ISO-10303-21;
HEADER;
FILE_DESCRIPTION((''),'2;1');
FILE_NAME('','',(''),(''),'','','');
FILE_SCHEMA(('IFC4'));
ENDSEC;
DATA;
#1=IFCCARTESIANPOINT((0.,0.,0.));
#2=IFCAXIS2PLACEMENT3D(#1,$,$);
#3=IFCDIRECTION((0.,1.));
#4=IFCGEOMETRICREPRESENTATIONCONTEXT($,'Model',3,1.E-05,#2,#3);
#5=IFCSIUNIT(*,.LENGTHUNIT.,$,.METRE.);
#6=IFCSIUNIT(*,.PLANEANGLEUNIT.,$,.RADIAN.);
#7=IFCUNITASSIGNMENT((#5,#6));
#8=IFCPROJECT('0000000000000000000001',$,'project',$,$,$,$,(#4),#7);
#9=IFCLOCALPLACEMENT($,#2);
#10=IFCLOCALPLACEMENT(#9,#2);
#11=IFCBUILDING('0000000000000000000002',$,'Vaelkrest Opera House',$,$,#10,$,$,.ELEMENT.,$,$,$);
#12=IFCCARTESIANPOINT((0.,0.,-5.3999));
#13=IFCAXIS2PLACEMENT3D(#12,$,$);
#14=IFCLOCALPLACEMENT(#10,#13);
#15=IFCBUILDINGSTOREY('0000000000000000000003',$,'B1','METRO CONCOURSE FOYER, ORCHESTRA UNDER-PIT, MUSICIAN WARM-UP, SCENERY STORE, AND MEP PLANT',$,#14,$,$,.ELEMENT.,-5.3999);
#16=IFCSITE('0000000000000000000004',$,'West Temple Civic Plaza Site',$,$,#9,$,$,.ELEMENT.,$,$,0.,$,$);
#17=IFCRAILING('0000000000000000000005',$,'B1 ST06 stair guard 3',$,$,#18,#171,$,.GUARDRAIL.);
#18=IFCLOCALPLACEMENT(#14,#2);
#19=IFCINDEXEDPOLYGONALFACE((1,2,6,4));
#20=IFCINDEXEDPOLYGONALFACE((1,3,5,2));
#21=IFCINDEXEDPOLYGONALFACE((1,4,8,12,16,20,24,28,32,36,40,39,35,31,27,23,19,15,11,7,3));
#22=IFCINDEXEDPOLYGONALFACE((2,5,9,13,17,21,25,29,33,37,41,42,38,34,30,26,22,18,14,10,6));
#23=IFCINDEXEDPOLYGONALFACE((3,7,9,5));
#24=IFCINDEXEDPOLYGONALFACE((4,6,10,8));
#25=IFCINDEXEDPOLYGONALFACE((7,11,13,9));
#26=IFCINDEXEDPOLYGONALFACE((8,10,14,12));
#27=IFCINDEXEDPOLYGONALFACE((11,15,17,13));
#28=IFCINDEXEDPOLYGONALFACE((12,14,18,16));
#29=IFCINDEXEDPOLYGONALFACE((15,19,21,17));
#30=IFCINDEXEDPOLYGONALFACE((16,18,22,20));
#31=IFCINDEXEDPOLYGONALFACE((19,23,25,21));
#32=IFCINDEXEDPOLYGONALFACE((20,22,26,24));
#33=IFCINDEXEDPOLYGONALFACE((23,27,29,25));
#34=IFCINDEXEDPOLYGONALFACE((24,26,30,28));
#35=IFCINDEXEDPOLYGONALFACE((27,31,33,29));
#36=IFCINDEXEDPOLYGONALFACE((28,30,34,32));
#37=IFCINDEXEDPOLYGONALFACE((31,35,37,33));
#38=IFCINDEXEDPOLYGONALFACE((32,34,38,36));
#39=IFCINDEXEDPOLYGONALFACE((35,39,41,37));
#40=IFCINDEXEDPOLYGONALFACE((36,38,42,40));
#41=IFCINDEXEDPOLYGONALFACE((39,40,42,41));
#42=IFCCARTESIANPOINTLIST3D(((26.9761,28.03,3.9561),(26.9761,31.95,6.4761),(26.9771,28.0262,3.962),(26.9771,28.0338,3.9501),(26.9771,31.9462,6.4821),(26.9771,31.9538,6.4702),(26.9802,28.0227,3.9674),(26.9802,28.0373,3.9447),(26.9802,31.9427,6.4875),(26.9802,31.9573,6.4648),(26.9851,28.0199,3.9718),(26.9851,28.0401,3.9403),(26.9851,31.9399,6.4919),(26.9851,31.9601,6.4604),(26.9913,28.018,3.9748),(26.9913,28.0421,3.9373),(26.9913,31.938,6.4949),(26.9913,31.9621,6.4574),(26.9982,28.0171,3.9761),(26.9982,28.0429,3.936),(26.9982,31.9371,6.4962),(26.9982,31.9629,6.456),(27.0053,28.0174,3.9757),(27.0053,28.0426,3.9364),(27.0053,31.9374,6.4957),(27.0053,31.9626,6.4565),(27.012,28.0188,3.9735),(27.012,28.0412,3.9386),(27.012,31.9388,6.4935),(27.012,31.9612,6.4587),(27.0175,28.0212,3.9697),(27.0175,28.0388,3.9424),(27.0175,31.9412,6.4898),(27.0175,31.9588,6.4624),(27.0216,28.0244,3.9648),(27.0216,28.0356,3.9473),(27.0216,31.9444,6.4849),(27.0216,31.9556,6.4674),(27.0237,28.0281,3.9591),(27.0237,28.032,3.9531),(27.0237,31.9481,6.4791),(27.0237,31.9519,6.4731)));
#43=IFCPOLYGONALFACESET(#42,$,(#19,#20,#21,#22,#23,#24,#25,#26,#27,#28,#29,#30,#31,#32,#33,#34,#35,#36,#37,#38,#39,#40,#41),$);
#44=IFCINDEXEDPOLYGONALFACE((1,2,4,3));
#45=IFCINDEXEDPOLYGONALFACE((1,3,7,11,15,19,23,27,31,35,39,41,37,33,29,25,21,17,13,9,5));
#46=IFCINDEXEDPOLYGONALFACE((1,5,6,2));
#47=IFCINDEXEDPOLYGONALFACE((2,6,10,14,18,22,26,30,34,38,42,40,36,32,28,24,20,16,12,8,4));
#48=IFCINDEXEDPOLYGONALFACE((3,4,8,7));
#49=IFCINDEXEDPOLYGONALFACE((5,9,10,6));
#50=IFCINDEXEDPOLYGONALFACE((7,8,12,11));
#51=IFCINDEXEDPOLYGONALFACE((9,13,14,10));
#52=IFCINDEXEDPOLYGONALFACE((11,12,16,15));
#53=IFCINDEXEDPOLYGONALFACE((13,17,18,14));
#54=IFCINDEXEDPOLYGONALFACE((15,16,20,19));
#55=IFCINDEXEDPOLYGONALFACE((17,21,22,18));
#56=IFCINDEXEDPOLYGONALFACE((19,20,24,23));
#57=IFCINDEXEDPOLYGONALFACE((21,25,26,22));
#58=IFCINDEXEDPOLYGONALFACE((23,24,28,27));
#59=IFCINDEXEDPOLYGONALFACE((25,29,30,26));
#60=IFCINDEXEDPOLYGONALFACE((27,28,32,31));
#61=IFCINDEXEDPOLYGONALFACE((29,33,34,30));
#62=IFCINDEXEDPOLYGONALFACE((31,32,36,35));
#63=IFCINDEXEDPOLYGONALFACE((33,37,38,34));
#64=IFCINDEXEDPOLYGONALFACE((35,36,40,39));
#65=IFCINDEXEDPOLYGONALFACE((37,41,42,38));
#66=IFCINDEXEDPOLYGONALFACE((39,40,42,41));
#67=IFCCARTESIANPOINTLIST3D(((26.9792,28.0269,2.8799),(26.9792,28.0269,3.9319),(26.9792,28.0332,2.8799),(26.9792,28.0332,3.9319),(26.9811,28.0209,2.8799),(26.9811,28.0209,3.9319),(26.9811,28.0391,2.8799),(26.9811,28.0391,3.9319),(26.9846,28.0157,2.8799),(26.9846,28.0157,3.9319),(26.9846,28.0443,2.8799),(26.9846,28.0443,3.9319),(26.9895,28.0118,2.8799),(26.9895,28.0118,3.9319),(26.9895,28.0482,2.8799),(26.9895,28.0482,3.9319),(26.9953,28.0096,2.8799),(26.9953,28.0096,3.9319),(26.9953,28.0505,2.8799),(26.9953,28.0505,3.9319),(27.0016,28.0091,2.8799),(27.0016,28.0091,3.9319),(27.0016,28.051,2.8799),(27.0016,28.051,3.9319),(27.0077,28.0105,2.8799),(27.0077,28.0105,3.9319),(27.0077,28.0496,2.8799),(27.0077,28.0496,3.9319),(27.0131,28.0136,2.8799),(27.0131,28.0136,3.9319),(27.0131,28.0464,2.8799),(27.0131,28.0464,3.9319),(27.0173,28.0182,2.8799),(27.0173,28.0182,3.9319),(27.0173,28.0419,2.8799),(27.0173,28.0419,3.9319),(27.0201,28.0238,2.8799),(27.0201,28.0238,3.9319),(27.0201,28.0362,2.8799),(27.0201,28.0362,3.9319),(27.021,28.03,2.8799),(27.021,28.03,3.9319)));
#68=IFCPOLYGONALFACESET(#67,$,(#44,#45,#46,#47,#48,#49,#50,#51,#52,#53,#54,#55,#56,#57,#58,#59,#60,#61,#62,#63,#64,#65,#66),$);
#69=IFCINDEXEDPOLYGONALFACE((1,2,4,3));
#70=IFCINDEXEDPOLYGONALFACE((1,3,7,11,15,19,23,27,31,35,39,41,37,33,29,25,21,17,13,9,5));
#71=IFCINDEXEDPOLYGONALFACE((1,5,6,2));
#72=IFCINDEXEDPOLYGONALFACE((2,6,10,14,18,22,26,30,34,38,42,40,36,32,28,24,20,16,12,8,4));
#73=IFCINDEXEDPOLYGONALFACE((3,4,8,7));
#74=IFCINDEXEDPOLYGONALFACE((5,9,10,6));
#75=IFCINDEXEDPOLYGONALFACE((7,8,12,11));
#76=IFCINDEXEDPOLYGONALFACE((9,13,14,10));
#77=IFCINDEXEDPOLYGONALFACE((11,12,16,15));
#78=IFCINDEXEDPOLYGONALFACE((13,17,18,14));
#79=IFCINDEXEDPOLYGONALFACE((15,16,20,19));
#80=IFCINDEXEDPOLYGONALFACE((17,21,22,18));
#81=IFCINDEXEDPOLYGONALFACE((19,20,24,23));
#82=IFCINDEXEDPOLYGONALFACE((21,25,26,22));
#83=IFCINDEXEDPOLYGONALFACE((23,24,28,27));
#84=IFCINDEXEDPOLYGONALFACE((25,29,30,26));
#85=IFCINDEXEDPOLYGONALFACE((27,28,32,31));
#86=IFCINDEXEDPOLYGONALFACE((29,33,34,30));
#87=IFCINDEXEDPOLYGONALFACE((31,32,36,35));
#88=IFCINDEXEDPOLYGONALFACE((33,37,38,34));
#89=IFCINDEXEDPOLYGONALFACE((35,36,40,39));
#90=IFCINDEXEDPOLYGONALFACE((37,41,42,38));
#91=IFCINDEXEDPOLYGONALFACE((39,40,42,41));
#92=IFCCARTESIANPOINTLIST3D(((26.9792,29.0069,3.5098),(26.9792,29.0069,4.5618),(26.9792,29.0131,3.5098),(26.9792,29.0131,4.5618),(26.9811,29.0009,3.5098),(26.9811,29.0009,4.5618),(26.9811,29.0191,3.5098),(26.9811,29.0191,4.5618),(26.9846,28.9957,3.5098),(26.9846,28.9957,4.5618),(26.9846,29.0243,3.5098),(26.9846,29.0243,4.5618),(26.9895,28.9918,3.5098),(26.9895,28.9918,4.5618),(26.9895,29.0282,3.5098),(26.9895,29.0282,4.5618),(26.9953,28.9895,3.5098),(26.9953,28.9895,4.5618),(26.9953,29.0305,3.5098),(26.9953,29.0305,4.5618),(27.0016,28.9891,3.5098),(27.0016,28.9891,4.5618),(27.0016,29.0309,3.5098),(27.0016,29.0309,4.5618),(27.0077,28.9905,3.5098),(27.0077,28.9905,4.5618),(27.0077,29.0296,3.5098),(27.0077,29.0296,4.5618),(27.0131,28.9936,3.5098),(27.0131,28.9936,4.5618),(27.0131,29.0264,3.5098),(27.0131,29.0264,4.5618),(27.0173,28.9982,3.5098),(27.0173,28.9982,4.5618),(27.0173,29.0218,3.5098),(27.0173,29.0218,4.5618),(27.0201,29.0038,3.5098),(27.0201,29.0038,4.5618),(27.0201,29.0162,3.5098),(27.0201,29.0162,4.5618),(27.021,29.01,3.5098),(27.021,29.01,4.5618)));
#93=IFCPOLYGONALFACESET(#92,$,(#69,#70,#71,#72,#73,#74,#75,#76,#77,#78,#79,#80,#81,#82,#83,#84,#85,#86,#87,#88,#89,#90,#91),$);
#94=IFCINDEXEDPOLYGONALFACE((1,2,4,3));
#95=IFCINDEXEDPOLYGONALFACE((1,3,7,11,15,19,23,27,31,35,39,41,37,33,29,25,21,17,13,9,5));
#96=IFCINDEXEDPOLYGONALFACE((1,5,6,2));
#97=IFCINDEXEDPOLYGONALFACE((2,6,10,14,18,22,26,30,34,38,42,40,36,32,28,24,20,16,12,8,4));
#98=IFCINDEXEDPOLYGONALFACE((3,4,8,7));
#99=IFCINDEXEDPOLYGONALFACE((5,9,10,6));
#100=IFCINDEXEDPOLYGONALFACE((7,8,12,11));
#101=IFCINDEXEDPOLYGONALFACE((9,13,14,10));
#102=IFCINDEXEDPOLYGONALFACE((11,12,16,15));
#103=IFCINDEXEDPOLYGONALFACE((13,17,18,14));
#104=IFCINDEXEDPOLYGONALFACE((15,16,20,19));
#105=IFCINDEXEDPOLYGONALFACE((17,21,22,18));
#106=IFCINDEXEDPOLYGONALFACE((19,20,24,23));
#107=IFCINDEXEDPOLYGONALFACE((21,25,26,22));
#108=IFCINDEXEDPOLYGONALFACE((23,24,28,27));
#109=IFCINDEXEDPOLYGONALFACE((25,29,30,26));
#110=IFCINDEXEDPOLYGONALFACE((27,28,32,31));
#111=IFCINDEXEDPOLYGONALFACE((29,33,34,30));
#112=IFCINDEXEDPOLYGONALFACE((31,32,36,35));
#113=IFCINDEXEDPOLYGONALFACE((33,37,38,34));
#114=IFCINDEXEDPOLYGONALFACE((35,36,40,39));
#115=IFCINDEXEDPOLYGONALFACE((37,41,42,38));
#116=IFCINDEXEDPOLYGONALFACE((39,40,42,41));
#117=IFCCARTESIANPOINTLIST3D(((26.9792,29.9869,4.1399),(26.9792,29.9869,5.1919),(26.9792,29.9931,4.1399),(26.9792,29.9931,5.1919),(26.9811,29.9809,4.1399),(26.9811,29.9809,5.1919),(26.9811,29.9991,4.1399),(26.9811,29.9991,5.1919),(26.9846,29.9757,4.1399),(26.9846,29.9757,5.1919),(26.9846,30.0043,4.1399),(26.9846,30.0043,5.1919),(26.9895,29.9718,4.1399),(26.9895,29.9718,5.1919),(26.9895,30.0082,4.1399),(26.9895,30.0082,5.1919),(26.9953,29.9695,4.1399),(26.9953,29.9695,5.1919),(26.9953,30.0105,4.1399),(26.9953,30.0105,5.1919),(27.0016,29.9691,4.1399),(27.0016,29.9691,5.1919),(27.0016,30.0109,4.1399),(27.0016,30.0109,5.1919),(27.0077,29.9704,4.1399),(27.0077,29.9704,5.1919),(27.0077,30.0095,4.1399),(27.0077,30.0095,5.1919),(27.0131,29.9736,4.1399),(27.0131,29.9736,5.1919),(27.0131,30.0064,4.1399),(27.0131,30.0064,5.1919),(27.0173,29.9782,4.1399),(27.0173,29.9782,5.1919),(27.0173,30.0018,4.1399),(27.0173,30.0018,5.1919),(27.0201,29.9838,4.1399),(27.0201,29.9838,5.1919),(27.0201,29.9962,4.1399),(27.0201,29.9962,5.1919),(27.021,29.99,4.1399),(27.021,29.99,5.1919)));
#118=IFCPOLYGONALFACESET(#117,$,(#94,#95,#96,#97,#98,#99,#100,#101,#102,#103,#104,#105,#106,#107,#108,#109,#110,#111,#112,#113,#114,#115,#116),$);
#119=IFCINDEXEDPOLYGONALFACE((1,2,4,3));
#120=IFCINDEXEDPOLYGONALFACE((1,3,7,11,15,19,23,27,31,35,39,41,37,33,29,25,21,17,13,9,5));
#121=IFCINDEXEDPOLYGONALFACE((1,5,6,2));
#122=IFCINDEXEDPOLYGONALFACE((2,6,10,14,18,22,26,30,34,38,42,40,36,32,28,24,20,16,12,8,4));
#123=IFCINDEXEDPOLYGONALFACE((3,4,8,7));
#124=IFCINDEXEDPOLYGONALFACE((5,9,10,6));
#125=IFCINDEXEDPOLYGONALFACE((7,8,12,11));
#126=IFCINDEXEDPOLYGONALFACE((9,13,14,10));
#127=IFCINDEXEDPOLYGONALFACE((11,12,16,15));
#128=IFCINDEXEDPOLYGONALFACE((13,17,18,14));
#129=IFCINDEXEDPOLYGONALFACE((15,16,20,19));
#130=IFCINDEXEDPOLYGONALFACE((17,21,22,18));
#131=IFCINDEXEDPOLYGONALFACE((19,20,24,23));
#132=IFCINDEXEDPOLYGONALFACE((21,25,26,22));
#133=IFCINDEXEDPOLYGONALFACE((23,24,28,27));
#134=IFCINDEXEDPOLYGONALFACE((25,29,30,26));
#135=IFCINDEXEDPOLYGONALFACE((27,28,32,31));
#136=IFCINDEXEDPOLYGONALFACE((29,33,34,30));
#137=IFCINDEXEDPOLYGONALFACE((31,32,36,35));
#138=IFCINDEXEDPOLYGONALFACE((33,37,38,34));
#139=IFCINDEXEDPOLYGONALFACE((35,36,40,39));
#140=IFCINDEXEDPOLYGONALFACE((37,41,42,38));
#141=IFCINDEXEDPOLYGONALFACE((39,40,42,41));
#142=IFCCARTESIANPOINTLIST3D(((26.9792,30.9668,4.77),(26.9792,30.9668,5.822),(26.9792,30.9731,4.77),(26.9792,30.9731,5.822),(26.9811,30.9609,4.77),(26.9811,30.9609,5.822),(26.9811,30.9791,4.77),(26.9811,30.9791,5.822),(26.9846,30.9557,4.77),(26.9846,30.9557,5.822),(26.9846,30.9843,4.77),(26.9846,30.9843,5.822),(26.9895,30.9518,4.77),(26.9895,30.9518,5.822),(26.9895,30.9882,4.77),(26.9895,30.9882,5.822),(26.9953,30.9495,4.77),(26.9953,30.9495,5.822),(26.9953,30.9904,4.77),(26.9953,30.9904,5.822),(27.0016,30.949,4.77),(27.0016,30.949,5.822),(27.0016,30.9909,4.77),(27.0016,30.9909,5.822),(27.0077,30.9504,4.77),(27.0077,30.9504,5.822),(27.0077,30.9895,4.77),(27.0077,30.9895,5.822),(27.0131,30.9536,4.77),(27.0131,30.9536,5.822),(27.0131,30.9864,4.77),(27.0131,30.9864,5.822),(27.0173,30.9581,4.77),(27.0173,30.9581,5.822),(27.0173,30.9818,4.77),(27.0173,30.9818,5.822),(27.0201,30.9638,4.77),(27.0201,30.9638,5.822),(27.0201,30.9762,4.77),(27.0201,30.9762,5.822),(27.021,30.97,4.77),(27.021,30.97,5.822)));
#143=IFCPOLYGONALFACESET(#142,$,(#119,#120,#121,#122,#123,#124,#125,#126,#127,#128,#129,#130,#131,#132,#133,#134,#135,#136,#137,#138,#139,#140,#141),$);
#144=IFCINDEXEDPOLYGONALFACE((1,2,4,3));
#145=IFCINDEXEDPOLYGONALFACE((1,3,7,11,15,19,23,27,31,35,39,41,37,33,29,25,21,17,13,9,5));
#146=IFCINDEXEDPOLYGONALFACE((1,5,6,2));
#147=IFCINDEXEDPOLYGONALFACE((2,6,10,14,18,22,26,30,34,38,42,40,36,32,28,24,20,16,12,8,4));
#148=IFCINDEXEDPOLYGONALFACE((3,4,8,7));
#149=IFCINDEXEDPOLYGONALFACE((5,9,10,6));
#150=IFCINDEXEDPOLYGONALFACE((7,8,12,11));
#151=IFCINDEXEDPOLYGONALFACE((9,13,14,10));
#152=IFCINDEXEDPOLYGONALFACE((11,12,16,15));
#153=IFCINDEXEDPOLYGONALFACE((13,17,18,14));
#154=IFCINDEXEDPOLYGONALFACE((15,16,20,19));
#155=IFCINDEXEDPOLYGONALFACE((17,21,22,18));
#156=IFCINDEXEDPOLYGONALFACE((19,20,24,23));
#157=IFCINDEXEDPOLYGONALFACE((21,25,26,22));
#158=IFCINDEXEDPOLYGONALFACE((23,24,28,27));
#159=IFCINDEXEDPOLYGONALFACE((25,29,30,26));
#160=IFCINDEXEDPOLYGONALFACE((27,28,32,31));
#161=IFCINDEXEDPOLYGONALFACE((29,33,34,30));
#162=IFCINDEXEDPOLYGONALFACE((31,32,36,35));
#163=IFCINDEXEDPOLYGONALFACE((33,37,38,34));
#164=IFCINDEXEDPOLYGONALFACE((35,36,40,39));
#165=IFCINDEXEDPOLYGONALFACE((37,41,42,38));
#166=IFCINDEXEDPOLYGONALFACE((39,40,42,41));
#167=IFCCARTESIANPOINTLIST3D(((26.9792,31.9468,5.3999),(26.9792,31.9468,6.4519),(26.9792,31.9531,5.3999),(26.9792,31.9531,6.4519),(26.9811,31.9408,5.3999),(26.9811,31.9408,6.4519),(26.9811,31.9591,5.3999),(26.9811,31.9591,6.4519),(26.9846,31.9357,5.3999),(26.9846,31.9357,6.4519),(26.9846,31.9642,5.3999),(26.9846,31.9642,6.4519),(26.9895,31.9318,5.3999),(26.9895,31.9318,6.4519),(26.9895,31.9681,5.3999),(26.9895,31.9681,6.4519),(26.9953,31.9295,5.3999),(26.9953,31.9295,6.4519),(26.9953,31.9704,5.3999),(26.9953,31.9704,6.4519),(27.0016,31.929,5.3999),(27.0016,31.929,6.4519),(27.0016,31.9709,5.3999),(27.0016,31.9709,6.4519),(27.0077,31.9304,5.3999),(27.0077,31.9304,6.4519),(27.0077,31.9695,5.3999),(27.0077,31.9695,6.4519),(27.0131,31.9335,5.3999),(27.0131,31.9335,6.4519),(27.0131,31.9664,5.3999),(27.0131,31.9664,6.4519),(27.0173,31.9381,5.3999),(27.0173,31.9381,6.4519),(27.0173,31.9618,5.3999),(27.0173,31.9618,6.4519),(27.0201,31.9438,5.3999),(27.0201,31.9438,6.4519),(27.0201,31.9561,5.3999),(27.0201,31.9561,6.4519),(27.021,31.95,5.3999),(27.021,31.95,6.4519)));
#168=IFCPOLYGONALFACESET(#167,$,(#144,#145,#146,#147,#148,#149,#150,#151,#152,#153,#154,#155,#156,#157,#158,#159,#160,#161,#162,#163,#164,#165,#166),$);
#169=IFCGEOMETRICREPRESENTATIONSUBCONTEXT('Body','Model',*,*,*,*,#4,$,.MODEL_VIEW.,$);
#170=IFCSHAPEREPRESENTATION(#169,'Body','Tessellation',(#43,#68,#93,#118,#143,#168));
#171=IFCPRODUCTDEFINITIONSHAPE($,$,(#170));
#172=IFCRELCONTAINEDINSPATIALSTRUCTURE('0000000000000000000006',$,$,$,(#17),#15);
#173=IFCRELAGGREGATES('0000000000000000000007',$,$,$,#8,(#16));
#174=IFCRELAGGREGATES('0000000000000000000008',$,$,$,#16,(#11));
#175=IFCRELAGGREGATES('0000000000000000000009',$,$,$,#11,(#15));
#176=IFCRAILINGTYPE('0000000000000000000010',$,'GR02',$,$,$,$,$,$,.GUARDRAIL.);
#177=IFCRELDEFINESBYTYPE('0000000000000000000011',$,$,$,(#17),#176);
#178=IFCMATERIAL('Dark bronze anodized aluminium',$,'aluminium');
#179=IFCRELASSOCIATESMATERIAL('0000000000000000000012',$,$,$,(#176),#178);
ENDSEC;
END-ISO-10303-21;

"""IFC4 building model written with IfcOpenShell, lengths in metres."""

from ifc_helpers import new_model, si_unit, direction, frame, origin, origin_2d, place, context, subcontext, project, spatial, circle, extrude, material, type_object, element, save


model = new_model("IFC4")

# Units and contexts
model_context = context("Model", 3, precision=1e-05, world=origin(), true_north=direction((0.0, 1.0)))
body_context = subcontext(model_context, "Body", "Model", "MODEL_VIEW")
ifc_project = project(units=[si_unit("LENGTHUNIT", "METRE"), si_unit("PLANEANGLEUNIT", "RADIAN")], contexts=[model_context])

# Site, building, storey
site_placement = place(None, origin())
site = spatial("IfcSite", under=ifc_project, at=site_placement, Name="West Temple Civic Plaza Site", CompositionType="ELEMENT", RefElevation=0.0)
building_placement = place(site_placement, origin())
building = spatial("IfcBuilding", under=site, at=building_placement, Name="Vaelkrest Opera House", CompositionType="ELEMENT")
storey_placement = place(building_placement, frame((0.0, 0.0, -5.3999)))
storey = spatial("IfcBuildingStorey", under=building, at=storey_placement, Name="B1", Description="METRO CONCOURSE FOYER, ORCHESTRA UNDER-PIT, MUSICIAN WARM-UP, SCENERY STORE, AND MEP PLANT", CompositionType="ELEMENT", Elevation=-5.3999)

# Railing
ifc_material_1 = material(Name="Dark bronze anodized aluminium", Category="aluminium")
railing_type_1 = type_object("IfcRailingType", Name="GR02", PredefinedType="GUARDRAIL", material=ifc_material_1)
railing_1_placement = place(storey_placement, frame((27.0, 28.03, 2.8799)))
element("IfcRailing", 1, at=railing_1_placement, inside=storey, type_object=railing_type_1, Name="B1 ST06 stair guard 3", PredefinedType="GUARDRAIL", context=body_context, shape_type="SweptSolid", body=[
    extrude(circle(Radius=0.0239, at=origin_2d()), frame((0.0, 0.0, 1.0762), z_axis=(0.0, 0.841172, 0.540768), x_axis=(-1.0, 0.0, 0.0)), (0.0, 0.0, 1.0), 4.6602),
    extrude(circle(Radius=0.021, at=origin_2d()), origin(), (0.0, 0.0, 1.0), 1.052),
    extrude(circle(Radius=0.021, at=origin_2d()), frame((0.0, 0.98, 0.6299)), (0.0, 0.0, 1.0), 1.052),
    extrude(circle(Radius=0.021, at=origin_2d()), frame((0.0, 1.96, 1.26)), (0.0, 0.0, 1.0), 1.052),
    extrude(circle(Radius=0.021, at=origin_2d()), frame((0.0, 2.9399, 1.8901)), (0.0, 0.0, 1.0), 1.052),
    extrude(circle(Radius=0.021, at=origin_2d()), frame((0.0, 3.9199, 2.52)), (0.0, 0.0, 1.0), 1.052),
])

save(model, "model.ifc")
